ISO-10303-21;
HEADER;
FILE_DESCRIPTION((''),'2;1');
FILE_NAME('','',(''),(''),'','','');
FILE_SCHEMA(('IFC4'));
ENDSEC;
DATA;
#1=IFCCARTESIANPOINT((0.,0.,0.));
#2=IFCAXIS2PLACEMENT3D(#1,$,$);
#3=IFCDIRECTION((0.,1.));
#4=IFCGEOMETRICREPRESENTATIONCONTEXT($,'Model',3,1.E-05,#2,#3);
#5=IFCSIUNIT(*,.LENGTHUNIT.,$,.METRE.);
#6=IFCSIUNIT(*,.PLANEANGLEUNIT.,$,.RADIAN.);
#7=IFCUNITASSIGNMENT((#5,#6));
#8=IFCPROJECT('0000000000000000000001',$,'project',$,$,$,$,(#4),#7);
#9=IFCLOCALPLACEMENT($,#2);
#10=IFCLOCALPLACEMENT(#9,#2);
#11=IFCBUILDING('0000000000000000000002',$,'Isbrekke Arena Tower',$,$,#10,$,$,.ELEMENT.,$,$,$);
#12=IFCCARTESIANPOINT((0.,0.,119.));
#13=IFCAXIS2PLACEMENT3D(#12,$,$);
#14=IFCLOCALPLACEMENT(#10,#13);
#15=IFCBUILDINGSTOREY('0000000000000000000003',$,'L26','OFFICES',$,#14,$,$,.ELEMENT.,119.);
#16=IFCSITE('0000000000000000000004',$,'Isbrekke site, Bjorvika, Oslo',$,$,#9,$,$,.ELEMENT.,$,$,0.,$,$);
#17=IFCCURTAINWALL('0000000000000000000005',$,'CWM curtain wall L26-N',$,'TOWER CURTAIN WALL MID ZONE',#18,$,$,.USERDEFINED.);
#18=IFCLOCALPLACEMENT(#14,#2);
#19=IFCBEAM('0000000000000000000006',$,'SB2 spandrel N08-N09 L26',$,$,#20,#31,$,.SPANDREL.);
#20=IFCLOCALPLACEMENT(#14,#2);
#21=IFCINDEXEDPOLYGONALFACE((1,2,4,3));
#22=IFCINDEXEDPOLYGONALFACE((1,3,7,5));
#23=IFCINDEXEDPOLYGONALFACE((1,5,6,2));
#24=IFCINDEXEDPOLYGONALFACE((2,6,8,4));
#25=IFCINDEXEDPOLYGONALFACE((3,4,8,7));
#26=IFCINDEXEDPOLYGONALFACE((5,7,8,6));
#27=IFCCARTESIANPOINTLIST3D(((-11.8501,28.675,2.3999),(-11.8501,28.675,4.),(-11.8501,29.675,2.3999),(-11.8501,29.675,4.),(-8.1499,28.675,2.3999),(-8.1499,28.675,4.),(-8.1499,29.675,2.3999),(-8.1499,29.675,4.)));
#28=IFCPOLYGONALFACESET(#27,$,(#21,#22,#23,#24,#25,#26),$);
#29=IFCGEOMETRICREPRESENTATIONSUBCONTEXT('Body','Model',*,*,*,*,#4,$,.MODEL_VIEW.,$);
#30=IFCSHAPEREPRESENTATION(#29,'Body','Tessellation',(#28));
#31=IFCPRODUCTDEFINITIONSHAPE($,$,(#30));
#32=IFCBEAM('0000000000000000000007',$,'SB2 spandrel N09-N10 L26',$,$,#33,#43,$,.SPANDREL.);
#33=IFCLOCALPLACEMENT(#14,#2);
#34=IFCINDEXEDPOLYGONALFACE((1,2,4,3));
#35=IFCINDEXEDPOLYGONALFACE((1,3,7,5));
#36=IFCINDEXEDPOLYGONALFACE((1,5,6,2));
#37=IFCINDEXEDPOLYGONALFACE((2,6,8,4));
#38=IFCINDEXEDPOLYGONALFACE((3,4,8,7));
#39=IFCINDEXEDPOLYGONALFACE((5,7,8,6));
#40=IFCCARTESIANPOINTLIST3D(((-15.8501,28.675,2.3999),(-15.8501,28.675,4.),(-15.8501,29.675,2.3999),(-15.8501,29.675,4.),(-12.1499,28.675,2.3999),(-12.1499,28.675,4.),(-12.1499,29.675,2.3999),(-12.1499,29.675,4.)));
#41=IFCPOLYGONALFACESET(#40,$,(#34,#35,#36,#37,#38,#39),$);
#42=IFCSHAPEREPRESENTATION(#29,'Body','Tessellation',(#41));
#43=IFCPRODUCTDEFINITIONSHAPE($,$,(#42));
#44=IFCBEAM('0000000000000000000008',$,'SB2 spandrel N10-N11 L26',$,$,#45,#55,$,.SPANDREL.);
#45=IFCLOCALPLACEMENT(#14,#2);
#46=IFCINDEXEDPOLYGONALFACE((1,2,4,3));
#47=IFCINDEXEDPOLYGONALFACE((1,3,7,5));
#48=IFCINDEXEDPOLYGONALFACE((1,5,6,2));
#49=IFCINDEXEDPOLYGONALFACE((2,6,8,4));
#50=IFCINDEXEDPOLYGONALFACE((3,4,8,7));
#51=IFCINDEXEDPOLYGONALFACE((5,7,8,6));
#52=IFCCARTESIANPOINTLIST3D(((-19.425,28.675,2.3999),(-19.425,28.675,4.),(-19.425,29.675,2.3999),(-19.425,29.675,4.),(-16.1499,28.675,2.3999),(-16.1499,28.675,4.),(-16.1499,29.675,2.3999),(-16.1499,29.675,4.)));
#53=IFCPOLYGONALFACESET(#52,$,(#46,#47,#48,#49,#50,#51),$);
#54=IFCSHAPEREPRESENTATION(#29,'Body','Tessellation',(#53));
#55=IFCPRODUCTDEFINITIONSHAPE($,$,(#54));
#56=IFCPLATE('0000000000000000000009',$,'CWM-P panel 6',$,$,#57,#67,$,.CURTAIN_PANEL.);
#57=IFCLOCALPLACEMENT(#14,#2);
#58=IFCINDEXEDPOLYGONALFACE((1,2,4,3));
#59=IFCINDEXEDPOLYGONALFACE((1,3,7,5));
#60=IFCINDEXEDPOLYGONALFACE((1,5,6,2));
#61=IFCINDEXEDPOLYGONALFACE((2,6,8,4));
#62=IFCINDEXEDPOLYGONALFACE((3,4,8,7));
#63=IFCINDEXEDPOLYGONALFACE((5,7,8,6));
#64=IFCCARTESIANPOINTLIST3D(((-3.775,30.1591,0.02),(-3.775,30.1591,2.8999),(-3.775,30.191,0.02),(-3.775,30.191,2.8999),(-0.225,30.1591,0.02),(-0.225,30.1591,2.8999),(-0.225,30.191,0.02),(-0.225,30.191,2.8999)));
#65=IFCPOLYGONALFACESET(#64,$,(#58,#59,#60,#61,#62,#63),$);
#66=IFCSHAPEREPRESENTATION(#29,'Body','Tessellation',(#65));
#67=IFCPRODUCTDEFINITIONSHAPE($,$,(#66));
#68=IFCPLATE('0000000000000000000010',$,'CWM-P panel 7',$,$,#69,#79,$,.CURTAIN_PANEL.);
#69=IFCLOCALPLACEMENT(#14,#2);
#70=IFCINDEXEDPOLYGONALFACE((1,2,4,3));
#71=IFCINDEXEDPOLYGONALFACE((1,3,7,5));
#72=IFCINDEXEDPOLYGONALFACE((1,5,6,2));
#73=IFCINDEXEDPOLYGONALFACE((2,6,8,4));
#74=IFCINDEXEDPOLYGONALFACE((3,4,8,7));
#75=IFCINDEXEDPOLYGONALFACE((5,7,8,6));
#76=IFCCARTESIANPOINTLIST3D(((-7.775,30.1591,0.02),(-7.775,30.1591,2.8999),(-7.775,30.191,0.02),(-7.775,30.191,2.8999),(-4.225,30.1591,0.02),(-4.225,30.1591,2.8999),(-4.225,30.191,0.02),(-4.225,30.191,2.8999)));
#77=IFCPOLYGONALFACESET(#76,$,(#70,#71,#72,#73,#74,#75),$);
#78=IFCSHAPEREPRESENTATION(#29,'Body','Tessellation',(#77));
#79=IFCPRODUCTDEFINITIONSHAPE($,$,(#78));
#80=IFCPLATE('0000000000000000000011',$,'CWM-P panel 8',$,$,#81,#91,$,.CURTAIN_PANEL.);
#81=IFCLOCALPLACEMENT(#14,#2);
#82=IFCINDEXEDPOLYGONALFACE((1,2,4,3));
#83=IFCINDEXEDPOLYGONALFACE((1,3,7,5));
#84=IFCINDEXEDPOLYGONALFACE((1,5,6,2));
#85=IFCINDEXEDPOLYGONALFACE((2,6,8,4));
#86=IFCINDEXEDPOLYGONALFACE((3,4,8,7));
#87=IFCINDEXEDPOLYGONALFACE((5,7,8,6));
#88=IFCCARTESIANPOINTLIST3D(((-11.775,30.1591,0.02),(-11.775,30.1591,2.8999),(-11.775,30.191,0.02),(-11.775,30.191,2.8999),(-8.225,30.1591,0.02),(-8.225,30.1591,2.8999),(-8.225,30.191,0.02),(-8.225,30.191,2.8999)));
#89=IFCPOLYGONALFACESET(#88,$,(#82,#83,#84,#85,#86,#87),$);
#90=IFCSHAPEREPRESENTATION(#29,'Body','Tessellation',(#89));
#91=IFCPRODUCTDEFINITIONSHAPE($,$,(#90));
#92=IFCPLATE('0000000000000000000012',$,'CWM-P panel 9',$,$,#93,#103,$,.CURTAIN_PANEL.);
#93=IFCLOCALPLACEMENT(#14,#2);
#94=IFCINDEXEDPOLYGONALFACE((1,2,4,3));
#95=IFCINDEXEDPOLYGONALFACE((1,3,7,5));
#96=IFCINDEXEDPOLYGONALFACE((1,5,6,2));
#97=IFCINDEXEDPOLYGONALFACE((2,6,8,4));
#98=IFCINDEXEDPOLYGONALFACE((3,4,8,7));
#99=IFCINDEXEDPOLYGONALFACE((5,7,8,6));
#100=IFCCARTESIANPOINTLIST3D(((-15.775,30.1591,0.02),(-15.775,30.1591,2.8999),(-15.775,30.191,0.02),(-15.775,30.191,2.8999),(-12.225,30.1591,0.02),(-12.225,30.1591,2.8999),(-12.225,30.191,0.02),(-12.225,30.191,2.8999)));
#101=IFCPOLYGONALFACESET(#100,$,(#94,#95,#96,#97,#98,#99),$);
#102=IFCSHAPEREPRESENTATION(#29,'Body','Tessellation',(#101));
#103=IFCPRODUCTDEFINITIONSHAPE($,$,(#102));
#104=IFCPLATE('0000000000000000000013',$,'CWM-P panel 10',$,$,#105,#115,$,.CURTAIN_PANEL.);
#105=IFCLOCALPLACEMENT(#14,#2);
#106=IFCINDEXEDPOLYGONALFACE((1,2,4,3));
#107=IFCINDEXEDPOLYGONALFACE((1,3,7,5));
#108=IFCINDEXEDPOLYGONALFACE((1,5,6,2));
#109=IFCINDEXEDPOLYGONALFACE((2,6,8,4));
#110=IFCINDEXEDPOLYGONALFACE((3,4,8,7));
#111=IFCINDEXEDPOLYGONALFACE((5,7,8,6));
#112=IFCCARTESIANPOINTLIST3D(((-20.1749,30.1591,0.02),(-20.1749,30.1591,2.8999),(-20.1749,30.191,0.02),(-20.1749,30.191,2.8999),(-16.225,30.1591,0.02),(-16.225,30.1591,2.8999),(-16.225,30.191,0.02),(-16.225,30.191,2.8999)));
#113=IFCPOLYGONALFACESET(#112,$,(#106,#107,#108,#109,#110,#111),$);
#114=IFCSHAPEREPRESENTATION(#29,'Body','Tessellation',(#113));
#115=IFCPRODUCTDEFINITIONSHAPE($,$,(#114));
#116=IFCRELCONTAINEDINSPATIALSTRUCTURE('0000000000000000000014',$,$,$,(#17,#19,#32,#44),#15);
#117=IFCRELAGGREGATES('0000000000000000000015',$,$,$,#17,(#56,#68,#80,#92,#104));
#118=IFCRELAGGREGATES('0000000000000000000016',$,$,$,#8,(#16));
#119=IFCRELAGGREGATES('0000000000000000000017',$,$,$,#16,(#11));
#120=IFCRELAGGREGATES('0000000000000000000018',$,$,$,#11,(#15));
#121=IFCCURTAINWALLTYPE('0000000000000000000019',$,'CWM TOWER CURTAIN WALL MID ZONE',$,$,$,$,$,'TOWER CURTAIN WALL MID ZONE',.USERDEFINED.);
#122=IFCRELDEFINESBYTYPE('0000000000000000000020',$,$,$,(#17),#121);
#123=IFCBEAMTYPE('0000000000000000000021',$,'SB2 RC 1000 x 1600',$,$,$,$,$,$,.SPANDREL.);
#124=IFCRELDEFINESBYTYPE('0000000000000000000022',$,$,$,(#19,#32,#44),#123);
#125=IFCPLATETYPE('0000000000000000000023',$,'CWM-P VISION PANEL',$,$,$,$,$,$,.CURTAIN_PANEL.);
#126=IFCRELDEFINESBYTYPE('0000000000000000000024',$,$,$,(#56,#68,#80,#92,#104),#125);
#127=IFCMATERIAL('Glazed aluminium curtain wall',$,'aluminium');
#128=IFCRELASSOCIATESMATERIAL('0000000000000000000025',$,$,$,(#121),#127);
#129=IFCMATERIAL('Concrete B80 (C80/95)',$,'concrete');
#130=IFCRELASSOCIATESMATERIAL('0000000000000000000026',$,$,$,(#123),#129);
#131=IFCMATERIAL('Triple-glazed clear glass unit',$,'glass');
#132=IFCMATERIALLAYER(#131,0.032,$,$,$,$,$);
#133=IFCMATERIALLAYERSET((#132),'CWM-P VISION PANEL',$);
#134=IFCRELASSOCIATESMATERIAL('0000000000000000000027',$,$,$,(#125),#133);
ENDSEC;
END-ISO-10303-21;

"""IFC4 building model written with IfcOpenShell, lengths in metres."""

from ifc_helpers import new_model, si_unit, direction, frame, origin, origin_2d, place, context, subcontext, project, spatial, rectangle, extrude, material, layer, layer_set, material_profile, profile_set, type_object, element, aggregate, save


model = new_model("IFC4")

# Units and contexts
model_context = context("Model", 3, precision=1e-05, world=origin(), true_north=direction((0.0, 1.0)))
body_context = subcontext(model_context, "Body", "Model", "MODEL_VIEW")
ifc_project = project(units=[si_unit("LENGTHUNIT", "METRE"), si_unit("PLANEANGLEUNIT", "RADIAN")], contexts=[model_context])

# Site, building, storey
site_placement = place(None, origin())
site = spatial("IfcSite", under=ifc_project, at=site_placement, Name="Isbrekke site, Bjorvika, Oslo", CompositionType="ELEMENT", RefElevation=0.0)
building_placement = place(site_placement, origin())
building = spatial("IfcBuilding", under=site, at=building_placement, Name="Isbrekke Arena Tower", CompositionType="ELEMENT")
storey_placement = place(building_placement, frame((0.0, 0.0, 119.0)))
storey = spatial("IfcBuildingStorey", under=building, at=storey_placement, Name="L26", Description="OFFICES", CompositionType="ELEMENT", Elevation=119.0)

# Curtain wall
ifc_material_1 = material(Name="Glazed aluminium curtain wall", Category="aluminium")
curtain_wall_type = type_object("IfcCurtainWallType", Name="CWM TOWER CURTAIN WALL MID ZONE", ElementType="TOWER CURTAIN WALL MID ZONE", PredefinedType="USERDEFINED", material=ifc_material_1)
curtain_wall_placement = place(storey_placement, origin())
curtain_wall = element("IfcCurtainWall", 1, at=curtain_wall_placement, inside=storey, type_object=curtain_wall_type, Name="CWM curtain wall L26-N", ObjectType="TOWER CURTAIN WALL MID ZONE", PredefinedType="USERDEFINED")

# Beams
ifc_material_2 = material(Name="Concrete B80 (C80/95)", Category="concrete")
ifc_material_profile_1 = material_profile(ifc_material_2, rectangle(XDim=1.0, YDim=1.6001, at=origin_2d()), Name="RC 1000x1600")
ifc_profile_set_1 = profile_set([ifc_material_profile_1], Name="Concrete B80 (C80/95)")
beam_type_1 = type_object("IfcBeamType", Name="SB2 RC 1000 x 1600", PredefinedType="SPANDREL", material=ifc_profile_set_1)
for number, where, z_axis, x_axis, name in (
    (2, (-8.1499, 29.175, 3.2), (-1.0, 0.0, 0.0), (0.0, -1.0, 0.0), "SB2 spandrel N08-N09 L26"),
    (3, (-12.1499, 29.175, 3.2), (-1.0, 0.0, 0.0), (0.0, -1.0, 0.0), "SB2 spandrel N09-N10 L26"),
):
    element("IfcBeam", number, at=place(storey_placement, frame(where, z_axis=z_axis, x_axis=x_axis)), inside=storey, type_object=beam_type_1, Name=name, PredefinedType="SPANDREL", context=body_context, shape_type="SweptSolid", body=[
        extrude(rectangle(XDim=1.0, YDim=1.6001, at=origin_2d()), origin(), (0.0, 0.0, 1.0), 3.7002),
    ])
beam_1_placement = place(storey_placement, frame((-16.1499, 29.175, 3.2), z_axis=(-1.0, 0.0, 0.0), x_axis=(0.0, -1.0, 0.0)))
element("IfcBeam", 4, at=beam_1_placement, inside=storey, type_object=beam_type_1, Name="SB2 spandrel N10-N11 L26", PredefinedType="SPANDREL", context=body_context, shape_type="SweptSolid", body=[
    extrude(rectangle(XDim=1.0, YDim=1.6001, at=origin_2d()), origin(), (0.0, 0.0, 1.0), 3.2751),
])

# Plates
ifc_material_3 = material(Name="Triple-glazed clear glass unit", Category="glass")
ifc_layer = layer(ifc_material_3, 0.032)
ifc_layer_set = layer_set([ifc_layer], Name="CWM-P VISION PANEL")
plate_type = type_object("IfcPlateType", Name="CWM-P VISION PANEL", PredefinedType="CURTAIN_PANEL", material=ifc_layer_set)
plate_1_placement = place(storey_placement, frame((-2.0, 30.175, 0.02), z_axis=(0.0, 0.0, 1.0), x_axis=(-1.0, 0.0, 0.0)))
plate_1 = element("IfcPlate", 5, at=plate_1_placement, type_object=plate_type, Name="CWM-P panel 6", PredefinedType="CURTAIN_PANEL", context=body_context, shape_type="SweptSolid", body=[
    extrude(rectangle(XDim=3.55, YDim=0.032, at=origin_2d()), origin(), (0.0, 0.0, 1.0), 2.8799),
])
plate_2_placement = place(storey_placement, frame((-6.0, 30.175, 0.02), z_axis=(0.0, 0.0, 1.0), x_axis=(-1.0, 0.0, 0.0)))
plate_2 = element("IfcPlate", 6, at=plate_2_placement, type_object=plate_type, Name="CWM-P panel 7", PredefinedType="CURTAIN_PANEL", context=body_context, shape_type="SweptSolid", body=[
    extrude(rectangle(XDim=3.55, YDim=0.032, at=origin_2d()), origin(), (0.0, 0.0, 1.0), 2.8799),
])
plate_3_placement = place(storey_placement, frame((-10.0, 30.175, 0.02), z_axis=(0.0, 0.0, 1.0), x_axis=(-1.0, 0.0, 0.0)))
plate_3 = element("IfcPlate", 7, at=plate_3_placement, type_object=plate_type, Name="CWM-P panel 8", PredefinedType="CURTAIN_PANEL", context=body_context, shape_type="SweptSolid", body=[
    extrude(rectangle(XDim=3.55, YDim=0.032, at=origin_2d()), origin(), (0.0, 0.0, 1.0), 2.8799),
])
plate_4_placement = place(storey_placement, frame((-14.0, 30.175, 0.02), z_axis=(0.0, 0.0, 1.0), x_axis=(-1.0, 0.0, 0.0)))
plate_4 = element("IfcPlate", 8, at=plate_4_placement, type_object=plate_type, Name="CWM-P panel 9", PredefinedType="CURTAIN_PANEL", context=body_context, shape_type="SweptSolid", body=[
    extrude(rectangle(XDim=3.55, YDim=0.032, at=origin_2d()), origin(), (0.0, 0.0, 1.0), 2.8799),
])
plate_5_placement = place(storey_placement, frame((-18.2, 30.175, 0.02), z_axis=(0.0, 0.0, 1.0), x_axis=(-1.0, 0.0, 0.0)))
plate_5 = element("IfcPlate", 9, at=plate_5_placement, type_object=plate_type, Name="CWM-P panel 10", PredefinedType="CURTAIN_PANEL", context=body_context, shape_type="SweptSolid", body=[
    extrude(rectangle(XDim=3.95, YDim=0.032, at=origin_2d()), origin(), (0.0, 0.0, 1.0), 2.8799),
])
aggregate(curtain_wall, [plate_1, plate_2, plate_3, plate_4, plate_5])

save(model, "model.ifc")
